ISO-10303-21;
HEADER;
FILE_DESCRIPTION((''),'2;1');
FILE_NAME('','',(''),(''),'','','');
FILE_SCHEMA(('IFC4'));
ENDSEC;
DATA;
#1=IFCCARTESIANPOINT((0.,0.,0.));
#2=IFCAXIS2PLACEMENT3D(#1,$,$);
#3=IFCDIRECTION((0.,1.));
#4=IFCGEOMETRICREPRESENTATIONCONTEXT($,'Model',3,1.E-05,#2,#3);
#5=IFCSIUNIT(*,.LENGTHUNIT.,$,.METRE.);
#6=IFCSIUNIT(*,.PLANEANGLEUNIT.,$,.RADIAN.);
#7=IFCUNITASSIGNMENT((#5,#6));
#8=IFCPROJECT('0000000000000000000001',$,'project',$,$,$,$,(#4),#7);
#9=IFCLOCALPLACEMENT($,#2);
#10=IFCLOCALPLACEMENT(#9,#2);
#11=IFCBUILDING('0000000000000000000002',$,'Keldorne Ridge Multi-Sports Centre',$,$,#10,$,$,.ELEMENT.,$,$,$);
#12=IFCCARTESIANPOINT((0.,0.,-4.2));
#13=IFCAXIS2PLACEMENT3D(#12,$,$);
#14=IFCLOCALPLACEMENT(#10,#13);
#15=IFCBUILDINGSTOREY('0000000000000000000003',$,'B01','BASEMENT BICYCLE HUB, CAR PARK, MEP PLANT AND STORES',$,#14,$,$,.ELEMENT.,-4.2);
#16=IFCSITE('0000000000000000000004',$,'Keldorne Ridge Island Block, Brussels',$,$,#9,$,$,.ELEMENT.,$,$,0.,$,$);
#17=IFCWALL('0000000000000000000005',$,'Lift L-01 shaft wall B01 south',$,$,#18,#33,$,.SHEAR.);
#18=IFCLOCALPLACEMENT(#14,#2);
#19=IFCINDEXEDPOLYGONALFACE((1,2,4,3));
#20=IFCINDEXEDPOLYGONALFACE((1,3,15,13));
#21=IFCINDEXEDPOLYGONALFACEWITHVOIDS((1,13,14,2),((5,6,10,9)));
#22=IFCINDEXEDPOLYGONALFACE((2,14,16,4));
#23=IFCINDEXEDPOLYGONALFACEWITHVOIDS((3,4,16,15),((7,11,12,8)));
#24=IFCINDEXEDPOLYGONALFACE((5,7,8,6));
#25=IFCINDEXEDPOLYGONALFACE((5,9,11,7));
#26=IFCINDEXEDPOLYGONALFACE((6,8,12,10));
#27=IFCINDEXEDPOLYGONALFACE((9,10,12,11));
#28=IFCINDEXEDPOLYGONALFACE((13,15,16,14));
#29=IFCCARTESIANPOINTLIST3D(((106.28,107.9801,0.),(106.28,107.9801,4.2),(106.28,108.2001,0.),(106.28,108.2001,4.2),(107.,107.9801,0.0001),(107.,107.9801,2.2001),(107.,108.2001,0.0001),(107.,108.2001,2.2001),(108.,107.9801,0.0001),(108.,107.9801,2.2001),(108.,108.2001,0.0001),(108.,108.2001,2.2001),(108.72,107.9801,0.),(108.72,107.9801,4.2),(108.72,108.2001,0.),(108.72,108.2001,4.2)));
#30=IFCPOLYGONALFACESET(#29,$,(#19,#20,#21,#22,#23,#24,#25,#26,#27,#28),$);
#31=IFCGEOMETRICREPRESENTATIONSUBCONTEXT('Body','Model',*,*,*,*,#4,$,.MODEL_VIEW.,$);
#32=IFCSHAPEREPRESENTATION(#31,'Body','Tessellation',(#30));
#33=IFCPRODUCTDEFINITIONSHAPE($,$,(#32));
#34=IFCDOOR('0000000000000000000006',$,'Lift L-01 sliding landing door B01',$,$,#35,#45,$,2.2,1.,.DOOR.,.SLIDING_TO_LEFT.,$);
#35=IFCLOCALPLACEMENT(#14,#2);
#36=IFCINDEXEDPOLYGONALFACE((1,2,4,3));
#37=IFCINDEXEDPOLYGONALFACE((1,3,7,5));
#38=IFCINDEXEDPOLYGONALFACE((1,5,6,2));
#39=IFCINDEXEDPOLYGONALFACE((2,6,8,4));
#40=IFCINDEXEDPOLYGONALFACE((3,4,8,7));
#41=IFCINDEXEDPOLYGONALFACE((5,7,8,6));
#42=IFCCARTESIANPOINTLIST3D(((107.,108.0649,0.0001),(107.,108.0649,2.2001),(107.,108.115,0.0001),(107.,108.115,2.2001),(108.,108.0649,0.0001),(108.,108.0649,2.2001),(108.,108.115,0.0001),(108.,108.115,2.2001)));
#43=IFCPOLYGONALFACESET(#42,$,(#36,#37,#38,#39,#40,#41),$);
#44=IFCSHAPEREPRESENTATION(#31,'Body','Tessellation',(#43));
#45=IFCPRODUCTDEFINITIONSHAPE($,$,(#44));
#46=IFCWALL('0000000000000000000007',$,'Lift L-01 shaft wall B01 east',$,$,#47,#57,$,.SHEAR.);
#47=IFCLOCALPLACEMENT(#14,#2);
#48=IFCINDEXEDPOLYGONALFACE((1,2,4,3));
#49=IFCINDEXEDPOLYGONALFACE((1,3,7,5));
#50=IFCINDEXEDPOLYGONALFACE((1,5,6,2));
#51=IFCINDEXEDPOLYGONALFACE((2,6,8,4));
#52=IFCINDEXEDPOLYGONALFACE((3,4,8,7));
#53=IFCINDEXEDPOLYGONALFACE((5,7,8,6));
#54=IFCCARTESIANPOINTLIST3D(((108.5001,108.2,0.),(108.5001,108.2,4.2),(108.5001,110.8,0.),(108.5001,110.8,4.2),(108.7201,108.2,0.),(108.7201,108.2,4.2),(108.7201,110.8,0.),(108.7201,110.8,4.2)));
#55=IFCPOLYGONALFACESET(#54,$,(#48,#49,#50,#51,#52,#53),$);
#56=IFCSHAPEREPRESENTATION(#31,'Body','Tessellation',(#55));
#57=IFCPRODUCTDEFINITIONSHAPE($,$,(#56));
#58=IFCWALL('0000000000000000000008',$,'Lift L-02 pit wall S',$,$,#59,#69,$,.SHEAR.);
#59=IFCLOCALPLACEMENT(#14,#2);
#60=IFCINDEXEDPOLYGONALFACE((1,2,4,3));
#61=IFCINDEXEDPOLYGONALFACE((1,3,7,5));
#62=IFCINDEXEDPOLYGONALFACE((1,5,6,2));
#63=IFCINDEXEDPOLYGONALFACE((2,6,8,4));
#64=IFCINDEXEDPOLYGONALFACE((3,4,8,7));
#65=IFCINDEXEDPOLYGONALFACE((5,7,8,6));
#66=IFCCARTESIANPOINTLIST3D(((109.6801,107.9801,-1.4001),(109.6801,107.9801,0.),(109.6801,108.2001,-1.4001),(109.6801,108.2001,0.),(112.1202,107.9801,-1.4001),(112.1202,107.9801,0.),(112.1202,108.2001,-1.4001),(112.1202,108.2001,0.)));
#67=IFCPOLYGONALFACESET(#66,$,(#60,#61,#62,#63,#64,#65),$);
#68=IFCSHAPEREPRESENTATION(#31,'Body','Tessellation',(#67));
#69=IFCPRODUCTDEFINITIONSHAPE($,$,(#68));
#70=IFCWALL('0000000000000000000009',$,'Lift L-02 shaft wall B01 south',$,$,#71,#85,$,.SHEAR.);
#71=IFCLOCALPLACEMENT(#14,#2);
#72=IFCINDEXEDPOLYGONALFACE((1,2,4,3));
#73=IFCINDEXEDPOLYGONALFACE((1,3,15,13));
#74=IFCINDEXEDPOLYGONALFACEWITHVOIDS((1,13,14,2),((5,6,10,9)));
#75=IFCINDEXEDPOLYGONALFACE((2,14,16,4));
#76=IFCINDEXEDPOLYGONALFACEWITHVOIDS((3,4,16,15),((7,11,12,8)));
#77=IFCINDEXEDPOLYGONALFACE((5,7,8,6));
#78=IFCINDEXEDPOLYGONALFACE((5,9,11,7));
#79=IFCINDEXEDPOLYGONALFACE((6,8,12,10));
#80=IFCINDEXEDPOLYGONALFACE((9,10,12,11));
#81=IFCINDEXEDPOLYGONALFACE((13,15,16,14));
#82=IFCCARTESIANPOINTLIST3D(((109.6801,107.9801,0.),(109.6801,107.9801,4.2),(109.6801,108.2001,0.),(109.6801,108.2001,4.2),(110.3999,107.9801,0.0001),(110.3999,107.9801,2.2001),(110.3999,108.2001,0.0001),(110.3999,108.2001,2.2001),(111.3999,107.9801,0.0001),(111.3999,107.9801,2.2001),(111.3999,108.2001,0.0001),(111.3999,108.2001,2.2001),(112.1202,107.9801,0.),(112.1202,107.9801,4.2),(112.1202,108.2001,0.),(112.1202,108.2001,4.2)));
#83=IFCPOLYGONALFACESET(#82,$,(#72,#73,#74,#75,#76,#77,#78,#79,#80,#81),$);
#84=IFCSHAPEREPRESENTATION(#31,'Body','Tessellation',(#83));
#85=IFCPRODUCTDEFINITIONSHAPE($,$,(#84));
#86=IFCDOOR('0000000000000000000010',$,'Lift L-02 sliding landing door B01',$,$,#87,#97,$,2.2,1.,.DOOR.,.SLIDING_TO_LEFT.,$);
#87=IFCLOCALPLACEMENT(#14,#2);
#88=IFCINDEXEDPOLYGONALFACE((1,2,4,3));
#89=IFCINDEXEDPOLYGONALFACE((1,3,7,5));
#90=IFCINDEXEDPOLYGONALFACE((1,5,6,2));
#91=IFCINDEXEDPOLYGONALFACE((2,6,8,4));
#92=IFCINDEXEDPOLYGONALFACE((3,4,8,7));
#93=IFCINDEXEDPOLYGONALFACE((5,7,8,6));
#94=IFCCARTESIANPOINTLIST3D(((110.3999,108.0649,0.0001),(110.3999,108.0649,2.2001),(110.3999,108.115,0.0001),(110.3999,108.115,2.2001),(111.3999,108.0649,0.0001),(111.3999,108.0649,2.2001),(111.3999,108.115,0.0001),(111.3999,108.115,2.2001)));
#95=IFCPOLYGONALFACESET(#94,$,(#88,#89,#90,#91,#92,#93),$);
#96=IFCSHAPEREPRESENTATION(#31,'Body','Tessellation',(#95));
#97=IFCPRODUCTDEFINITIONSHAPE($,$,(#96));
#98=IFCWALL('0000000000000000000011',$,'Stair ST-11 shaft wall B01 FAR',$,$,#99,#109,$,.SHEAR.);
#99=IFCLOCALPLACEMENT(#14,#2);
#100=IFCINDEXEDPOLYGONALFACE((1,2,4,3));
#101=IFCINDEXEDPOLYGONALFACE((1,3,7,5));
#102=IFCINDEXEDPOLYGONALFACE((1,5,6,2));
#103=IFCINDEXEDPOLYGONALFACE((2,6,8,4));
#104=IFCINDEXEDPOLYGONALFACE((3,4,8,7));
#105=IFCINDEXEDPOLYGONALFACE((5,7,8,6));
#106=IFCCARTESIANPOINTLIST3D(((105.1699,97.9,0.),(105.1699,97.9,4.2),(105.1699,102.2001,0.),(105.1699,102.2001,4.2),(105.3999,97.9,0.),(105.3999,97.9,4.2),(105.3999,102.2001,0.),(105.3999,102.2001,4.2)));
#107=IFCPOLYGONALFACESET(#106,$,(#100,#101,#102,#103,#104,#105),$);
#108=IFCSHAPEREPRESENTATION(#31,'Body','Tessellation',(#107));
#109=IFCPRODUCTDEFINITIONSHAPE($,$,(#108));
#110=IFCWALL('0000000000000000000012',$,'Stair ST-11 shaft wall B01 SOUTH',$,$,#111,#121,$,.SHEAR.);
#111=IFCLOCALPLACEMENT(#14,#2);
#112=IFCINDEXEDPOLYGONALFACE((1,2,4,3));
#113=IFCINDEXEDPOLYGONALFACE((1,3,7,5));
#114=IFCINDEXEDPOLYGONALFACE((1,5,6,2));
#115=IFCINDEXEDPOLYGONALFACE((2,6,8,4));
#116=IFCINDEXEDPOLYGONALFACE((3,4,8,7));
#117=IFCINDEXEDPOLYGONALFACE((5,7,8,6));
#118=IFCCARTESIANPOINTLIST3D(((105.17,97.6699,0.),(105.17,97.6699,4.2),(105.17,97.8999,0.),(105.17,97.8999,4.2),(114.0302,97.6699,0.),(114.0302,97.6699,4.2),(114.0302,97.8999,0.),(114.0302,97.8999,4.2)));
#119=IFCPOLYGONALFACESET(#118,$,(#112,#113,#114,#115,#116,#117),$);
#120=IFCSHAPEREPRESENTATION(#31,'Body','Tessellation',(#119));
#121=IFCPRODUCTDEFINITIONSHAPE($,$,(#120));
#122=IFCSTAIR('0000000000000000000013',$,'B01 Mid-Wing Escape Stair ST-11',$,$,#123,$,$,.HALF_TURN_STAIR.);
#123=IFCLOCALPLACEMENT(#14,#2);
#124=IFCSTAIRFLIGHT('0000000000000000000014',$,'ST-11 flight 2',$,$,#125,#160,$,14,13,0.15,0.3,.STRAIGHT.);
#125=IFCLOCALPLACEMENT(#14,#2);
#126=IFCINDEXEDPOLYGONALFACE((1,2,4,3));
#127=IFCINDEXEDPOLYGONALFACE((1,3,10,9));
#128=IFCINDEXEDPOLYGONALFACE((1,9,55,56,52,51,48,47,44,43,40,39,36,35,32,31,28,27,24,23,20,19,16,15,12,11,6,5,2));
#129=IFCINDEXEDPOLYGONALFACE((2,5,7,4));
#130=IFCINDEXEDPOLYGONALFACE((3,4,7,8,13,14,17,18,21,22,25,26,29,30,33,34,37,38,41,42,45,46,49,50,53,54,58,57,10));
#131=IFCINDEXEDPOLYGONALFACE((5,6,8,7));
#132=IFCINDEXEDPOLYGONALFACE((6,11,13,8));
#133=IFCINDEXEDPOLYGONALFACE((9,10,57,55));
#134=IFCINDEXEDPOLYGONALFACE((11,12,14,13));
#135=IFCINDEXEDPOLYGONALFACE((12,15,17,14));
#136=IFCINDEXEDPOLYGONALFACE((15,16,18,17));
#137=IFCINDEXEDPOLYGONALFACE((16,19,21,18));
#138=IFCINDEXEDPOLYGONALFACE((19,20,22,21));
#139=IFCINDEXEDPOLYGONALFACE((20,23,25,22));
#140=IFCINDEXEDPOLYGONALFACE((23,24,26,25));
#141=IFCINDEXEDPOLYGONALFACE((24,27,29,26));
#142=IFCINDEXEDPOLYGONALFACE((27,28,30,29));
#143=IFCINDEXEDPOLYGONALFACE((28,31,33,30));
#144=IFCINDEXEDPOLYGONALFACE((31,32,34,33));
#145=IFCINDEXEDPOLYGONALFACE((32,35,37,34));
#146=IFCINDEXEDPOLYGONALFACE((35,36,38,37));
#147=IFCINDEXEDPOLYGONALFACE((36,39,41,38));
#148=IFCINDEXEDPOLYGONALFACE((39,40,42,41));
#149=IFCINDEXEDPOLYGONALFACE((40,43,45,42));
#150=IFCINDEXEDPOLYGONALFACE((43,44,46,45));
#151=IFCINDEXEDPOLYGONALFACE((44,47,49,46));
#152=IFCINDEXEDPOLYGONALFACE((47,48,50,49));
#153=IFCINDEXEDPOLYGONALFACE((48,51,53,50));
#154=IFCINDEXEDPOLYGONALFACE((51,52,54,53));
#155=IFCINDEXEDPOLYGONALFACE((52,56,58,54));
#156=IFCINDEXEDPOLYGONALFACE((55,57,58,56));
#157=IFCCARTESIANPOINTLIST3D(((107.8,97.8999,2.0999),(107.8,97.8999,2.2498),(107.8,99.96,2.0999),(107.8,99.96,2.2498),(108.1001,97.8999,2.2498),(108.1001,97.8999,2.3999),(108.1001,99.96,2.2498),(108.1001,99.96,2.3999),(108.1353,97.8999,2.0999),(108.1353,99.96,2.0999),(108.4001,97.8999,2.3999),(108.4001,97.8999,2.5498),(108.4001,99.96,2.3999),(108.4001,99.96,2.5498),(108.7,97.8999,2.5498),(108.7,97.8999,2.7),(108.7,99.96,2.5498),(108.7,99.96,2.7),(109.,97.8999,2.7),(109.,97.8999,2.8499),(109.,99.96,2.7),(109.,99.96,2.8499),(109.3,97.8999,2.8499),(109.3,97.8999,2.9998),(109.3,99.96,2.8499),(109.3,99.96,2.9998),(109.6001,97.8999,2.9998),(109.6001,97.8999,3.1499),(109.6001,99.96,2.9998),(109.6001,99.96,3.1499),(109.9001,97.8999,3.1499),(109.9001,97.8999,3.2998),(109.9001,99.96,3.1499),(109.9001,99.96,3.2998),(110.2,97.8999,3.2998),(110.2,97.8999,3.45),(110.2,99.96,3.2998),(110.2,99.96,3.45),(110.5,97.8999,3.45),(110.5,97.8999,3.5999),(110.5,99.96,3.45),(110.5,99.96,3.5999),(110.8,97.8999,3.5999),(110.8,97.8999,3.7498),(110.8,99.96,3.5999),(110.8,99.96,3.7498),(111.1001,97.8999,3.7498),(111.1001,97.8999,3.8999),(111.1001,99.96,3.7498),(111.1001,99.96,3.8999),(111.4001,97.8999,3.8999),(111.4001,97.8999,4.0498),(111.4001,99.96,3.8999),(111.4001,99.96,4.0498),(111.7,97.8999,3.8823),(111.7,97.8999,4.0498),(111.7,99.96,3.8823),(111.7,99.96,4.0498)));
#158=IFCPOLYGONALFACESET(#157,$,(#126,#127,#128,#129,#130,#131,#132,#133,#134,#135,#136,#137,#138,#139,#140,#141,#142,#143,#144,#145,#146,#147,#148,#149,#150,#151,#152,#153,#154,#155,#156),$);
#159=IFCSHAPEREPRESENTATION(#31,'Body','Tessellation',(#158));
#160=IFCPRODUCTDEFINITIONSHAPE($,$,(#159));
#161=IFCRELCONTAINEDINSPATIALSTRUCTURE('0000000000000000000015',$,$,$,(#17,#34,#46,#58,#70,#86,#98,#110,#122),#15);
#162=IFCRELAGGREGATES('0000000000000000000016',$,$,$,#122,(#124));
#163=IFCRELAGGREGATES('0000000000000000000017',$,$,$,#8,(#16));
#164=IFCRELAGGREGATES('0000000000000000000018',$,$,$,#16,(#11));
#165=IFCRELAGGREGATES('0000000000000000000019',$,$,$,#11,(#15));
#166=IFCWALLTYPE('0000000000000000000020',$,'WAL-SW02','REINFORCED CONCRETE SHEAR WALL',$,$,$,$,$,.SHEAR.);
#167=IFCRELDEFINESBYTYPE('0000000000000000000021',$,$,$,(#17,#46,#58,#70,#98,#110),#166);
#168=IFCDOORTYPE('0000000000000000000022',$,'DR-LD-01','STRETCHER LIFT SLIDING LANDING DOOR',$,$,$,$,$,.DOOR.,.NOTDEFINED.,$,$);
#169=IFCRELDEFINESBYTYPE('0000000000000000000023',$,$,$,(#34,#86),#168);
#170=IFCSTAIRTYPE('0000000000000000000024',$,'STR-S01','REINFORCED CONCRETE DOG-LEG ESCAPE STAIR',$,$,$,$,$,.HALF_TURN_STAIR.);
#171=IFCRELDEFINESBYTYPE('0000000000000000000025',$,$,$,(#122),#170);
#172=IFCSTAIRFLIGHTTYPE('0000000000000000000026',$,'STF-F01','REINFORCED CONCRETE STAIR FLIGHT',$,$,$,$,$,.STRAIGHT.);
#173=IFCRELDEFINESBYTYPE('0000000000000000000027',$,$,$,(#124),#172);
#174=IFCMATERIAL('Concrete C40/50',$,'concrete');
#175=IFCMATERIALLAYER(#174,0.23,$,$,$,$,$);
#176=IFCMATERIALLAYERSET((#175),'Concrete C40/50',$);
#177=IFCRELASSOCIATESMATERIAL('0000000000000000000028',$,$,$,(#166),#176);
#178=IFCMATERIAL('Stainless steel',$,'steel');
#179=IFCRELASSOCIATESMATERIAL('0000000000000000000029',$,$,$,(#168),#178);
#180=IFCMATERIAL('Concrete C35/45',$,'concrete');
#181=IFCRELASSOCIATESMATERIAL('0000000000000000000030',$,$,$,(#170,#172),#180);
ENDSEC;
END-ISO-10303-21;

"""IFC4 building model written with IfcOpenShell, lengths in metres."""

from ifc_helpers import new_model, si_unit, direction, frame, frame_2d, origin, place, context, subcontext, project, spatial, polyline, rectangle, outline, extrude, material, layer, layer_set, type_object, element, fill, aggregate, save


model = new_model("IFC4")

# Units and contexts
model_context = context("Model", 3, precision=1e-05, world=origin(), true_north=direction((0.0, 1.0)))
body_context = subcontext(model_context, "Body", "Model", "MODEL_VIEW")
ifc_project = project(units=[si_unit("LENGTHUNIT", "METRE"), si_unit("PLANEANGLEUNIT", "RADIAN")], contexts=[model_context])

# Site, building, storey
site_placement = place(None, origin())
site = spatial("IfcSite", under=ifc_project, at=site_placement, Name="Keldorne Ridge Island Block, Brussels", CompositionType="ELEMENT", RefElevation=0.0)
building_placement = place(site_placement, origin())
building = spatial("IfcBuilding", under=site, at=building_placement, Name="Keldorne Ridge Multi-Sports Centre", CompositionType="ELEMENT")
storey_placement = place(building_placement, frame((0.0, 0.0, -4.2)))
storey = spatial("IfcBuildingStorey", under=building, at=storey_placement, Name="B01", Description="BASEMENT BICYCLE HUB, CAR PARK, MEP PLANT AND STORES", CompositionType="ELEMENT", Elevation=-4.2)

# Shared definitions
ifc_material_1 = material(Name="Concrete C35/45", Category="concrete")

# Shared definitions
ifc_material_2 = material(Name="Concrete C40/50", Category="concrete")

# Shared definitions
ifc_layer = layer(ifc_material_2, 0.23)
ifc_layer_set = layer_set([ifc_layer], Name="Concrete C40/50")
wall_type = type_object("IfcWallType", Name="WAL-SW02", Description="REINFORCED CONCRETE SHEAR WALL", PredefinedType="SHEAR", material=ifc_layer_set)

# Wall, opening, door
wall_1_placement = place(storey_placement, frame((106.28, 108.0901, 0.0), z_axis=(0.0, 0.0, 1.0), x_axis=(1.0, 0.0, 0.0)))
wall_1 = element("IfcWall", 1, at=wall_1_placement, inside=storey, type_object=wall_type, Name="Lift L-01 shaft wall B01 south", PredefinedType="SHEAR", context=body_context, shape_type="SweptSolid", body=[
    extrude(rectangle(XDim=2.4399, YDim=0.22, at=frame_2d((1.22, 0.0))), origin(), (0.0, 0.0, 1.0), 4.2),
])
opening_1_placement = place(wall_1_placement, frame((0.72, 0.0, 0.0)))
opening_1 = element("IfcOpeningElement", 2, at=opening_1_placement, cuts=wall_1, PredefinedType="OPENING", context=body_context, shape_type="SweptSolid", body=[
    extrude(rectangle(XDim=1.0, YDim=2.2, at=frame_2d((0.5, 1.1001))), frame((0.0, 0.1201, 0.0), z_axis=(0.0, -1.0, 0.0), x_axis=(1.0, 0.0, 0.0)), (0.0, 0.0, 1.0), 0.24),
])
ifc_material_3 = material(Name="Stainless steel", Category="steel")
door_type = type_object("IfcDoorType", Name="DR-LD-01", Description="STRETCHER LIFT SLIDING LANDING DOOR", OperationType="NOTDEFINED", PredefinedType="DOOR", material=ifc_material_3)
door_1_placement = place(opening_1_placement, origin())
door_1 = element("IfcDoor", 3, at=door_1_placement, inside=storey, type_object=door_type, Name="Lift L-01 sliding landing door B01", OperationType="SLIDING_TO_LEFT", OverallHeight=2.2, OverallWidth=1.0, PredefinedType="DOOR", context=body_context, shape_type="SweptSolid", body=[
    extrude(rectangle(XDim=1.0, YDim=2.2, at=frame_2d((0.5, 1.1001))), frame((0.0, 0.0249, 0.0), z_axis=(0.0, -1.0, 0.0), x_axis=(1.0, 0.0, 0.0)), (0.0, 0.0, 1.0), 0.05),
])
fill(opening_1, door_1)

# Walls
wall_2_placement = place(storey_placement, frame((108.6101, 108.2, 0.0), z_axis=(0.0, 0.0, 1.0), x_axis=(0.0, 1.0, 0.0)))
element("IfcWall", 4, at=wall_2_placement, inside=storey, type_object=wall_type, Name="Lift L-01 shaft wall B01 east", PredefinedType="SHEAR", context=body_context, shape_type="SweptSolid", body=[
    extrude(rectangle(XDim=2.6001, YDim=0.22, at=frame_2d((1.3, 0.0))), origin(), (0.0, 0.0, 1.0), 4.2),
])
wall_3_placement = place(storey_placement, frame((109.6799, 108.0901, -1.4001), z_axis=(0.0, 0.0, 1.0), x_axis=(1.0, 0.0, 0.0)))
element("IfcWall", 5, at=wall_3_placement, inside=storey, type_object=wall_type, Name="Lift L-02 pit wall S", PredefinedType="SHEAR", context=body_context, shape_type="SweptSolid", body=[
    extrude(rectangle(XDim=2.4402, YDim=0.22, at=frame_2d((1.2202, 0.0))), origin(), (0.0, 0.0, 1.0), 1.4001),
])

# Wall, opening, door
wall_4_placement = place(storey_placement, frame((109.6799, 108.0901, 0.0), z_axis=(0.0, 0.0, 1.0), x_axis=(1.0, 0.0, 0.0)))
wall_4 = element("IfcWall", 6, at=wall_4_placement, inside=storey, type_object=wall_type, Name="Lift L-02 shaft wall B01 south", PredefinedType="SHEAR", context=body_context, shape_type="SweptSolid", body=[
    extrude(rectangle(XDim=2.4402, YDim=0.22, at=frame_2d((1.2202, 0.0))), origin(), (0.0, 0.0, 1.0), 4.2),
])
opening_2_placement = place(wall_4_placement, frame((0.72, 0.0, 0.0)))
opening_2 = element("IfcOpeningElement", 7, at=opening_2_placement, cuts=wall_4, PredefinedType="OPENING", context=body_context, shape_type="SweptSolid", body=[
    extrude(rectangle(XDim=1.0, YDim=2.2, at=frame_2d((0.5, 1.1001))), frame((0.0, 0.1201, 0.0), z_axis=(0.0, -1.0, 0.0), x_axis=(1.0, 0.0, 0.0)), (0.0, 0.0, 1.0), 0.24),
])
door_2_placement = place(opening_2_placement, origin())
door_2 = element("IfcDoor", 8, at=door_2_placement, inside=storey, type_object=door_type, Name="Lift L-02 sliding landing door B01", OperationType="SLIDING_TO_LEFT", OverallHeight=2.2, OverallWidth=1.0, PredefinedType="DOOR", context=body_context, shape_type="SweptSolid", body=[
    extrude(rectangle(XDim=1.0, YDim=2.2, at=frame_2d((0.5, 1.1001))), frame((0.0, 0.0249, 0.0), z_axis=(0.0, -1.0, 0.0), x_axis=(1.0, 0.0, 0.0)), (0.0, 0.0, 1.0), 0.05),
])
fill(opening_2, door_2)

# Walls
wall_5_placement = place(storey_placement, frame((105.2849, 102.2, 0.0), z_axis=(0.0, 0.0, 1.0), x_axis=(0.0, -1.0, 0.0)))
element("IfcWall", 9, at=wall_5_placement, inside=storey, type_object=wall_type, Name="Stair ST-11 shaft wall B01 FAR", PredefinedType="SHEAR", context=body_context, shape_type="SweptSolid", body=[
    extrude(rectangle(XDim=4.3, YDim=0.23, at=frame_2d((2.1499, 0.0))), origin(), (0.0, 0.0, 1.0), 4.2),
])
wall_6_placement = place(storey_placement, frame((105.1699, 97.7849, 0.0), z_axis=(0.0, 0.0, 1.0), x_axis=(1.0, 0.0, 0.0)))
element("IfcWall", 10, at=wall_6_placement, inside=storey, type_object=wall_type, Name="Stair ST-11 shaft wall B01 SOUTH", PredefinedType="SHEAR", context=body_context, shape_type="SweptSolid", body=[
    extrude(rectangle(XDim=8.8601, YDim=0.23, at=frame_2d((4.4302, 0.0))), origin(), (0.0, 0.0, 1.0), 4.2),
])

# Stair, stair flight
stair_type = type_object("IfcStairType", Name="STR-S01", Description="REINFORCED CONCRETE DOG-LEG ESCAPE STAIR", PredefinedType="HALF_TURN_STAIR", material=ifc_material_1)
stair_placement = place(storey_placement, origin())
stair = element("IfcStair", 11, at=stair_placement, inside=storey, type_object=stair_type, Name="B01 Mid-Wing Escape Stair ST-11", PredefinedType="HALF_TURN_STAIR")
stair_flight_type = type_object("IfcStairFlightType", Name="STF-F01", Description="REINFORCED CONCRETE STAIR FLIGHT", PredefinedType="STRAIGHT", material=ifc_material_1)
stair_flight_placement = place(storey_placement, frame((107.8, 98.9299, 2.0999), z_axis=(0.0, 0.0, 1.0), x_axis=(1.0, 0.0, 0.0)))
stair_flight = element("IfcStairFlight", 12, at=stair_flight_placement, type_object=stair_flight_type, Name="ST-11 flight 2", NumberOfRisers=14, NumberOfTreads=13, PredefinedType="STRAIGHT", RiserHeight=0.15, TreadLength=0.3, context=body_context, shape_type="SweptSolid", body=[
    extrude(outline(polyline([(0.0, 0.0), (0.0, 0.1499), (0.3, 0.1499), (0.3, 0.3), (0.6001, 0.3), (0.6001, 0.45), (0.8999, 0.45), (0.8999, 0.6001), (1.2, 0.6001), (1.2, 0.75), (1.5, 0.75), (1.5, 0.8999), (1.8, 0.8999), (1.8, 1.05), (2.1001, 1.05), (2.1001, 1.2), (2.3999, 1.2), (2.3999, 1.3501), (2.7, 1.3501), (2.7, 1.5), (3.0, 1.5), (3.0, 1.6499), (3.3, 1.6499), (3.3, 1.8), (3.6001, 1.8), (3.6001, 1.95), (3.8999, 1.95), (3.8999, 2.1001), (3.8999, 1.7825), (0.3352, 0.0), (0.0, 0.0)])), frame((0.0, 1.03, 0.0), z_axis=(0.0, -1.0, 0.0), x_axis=(1.0, 0.0, 0.0)), (0.0, 0.0, 1.0), 2.0601),
])
aggregate(stair, [stair_flight])

save(model, "model.ifc")
